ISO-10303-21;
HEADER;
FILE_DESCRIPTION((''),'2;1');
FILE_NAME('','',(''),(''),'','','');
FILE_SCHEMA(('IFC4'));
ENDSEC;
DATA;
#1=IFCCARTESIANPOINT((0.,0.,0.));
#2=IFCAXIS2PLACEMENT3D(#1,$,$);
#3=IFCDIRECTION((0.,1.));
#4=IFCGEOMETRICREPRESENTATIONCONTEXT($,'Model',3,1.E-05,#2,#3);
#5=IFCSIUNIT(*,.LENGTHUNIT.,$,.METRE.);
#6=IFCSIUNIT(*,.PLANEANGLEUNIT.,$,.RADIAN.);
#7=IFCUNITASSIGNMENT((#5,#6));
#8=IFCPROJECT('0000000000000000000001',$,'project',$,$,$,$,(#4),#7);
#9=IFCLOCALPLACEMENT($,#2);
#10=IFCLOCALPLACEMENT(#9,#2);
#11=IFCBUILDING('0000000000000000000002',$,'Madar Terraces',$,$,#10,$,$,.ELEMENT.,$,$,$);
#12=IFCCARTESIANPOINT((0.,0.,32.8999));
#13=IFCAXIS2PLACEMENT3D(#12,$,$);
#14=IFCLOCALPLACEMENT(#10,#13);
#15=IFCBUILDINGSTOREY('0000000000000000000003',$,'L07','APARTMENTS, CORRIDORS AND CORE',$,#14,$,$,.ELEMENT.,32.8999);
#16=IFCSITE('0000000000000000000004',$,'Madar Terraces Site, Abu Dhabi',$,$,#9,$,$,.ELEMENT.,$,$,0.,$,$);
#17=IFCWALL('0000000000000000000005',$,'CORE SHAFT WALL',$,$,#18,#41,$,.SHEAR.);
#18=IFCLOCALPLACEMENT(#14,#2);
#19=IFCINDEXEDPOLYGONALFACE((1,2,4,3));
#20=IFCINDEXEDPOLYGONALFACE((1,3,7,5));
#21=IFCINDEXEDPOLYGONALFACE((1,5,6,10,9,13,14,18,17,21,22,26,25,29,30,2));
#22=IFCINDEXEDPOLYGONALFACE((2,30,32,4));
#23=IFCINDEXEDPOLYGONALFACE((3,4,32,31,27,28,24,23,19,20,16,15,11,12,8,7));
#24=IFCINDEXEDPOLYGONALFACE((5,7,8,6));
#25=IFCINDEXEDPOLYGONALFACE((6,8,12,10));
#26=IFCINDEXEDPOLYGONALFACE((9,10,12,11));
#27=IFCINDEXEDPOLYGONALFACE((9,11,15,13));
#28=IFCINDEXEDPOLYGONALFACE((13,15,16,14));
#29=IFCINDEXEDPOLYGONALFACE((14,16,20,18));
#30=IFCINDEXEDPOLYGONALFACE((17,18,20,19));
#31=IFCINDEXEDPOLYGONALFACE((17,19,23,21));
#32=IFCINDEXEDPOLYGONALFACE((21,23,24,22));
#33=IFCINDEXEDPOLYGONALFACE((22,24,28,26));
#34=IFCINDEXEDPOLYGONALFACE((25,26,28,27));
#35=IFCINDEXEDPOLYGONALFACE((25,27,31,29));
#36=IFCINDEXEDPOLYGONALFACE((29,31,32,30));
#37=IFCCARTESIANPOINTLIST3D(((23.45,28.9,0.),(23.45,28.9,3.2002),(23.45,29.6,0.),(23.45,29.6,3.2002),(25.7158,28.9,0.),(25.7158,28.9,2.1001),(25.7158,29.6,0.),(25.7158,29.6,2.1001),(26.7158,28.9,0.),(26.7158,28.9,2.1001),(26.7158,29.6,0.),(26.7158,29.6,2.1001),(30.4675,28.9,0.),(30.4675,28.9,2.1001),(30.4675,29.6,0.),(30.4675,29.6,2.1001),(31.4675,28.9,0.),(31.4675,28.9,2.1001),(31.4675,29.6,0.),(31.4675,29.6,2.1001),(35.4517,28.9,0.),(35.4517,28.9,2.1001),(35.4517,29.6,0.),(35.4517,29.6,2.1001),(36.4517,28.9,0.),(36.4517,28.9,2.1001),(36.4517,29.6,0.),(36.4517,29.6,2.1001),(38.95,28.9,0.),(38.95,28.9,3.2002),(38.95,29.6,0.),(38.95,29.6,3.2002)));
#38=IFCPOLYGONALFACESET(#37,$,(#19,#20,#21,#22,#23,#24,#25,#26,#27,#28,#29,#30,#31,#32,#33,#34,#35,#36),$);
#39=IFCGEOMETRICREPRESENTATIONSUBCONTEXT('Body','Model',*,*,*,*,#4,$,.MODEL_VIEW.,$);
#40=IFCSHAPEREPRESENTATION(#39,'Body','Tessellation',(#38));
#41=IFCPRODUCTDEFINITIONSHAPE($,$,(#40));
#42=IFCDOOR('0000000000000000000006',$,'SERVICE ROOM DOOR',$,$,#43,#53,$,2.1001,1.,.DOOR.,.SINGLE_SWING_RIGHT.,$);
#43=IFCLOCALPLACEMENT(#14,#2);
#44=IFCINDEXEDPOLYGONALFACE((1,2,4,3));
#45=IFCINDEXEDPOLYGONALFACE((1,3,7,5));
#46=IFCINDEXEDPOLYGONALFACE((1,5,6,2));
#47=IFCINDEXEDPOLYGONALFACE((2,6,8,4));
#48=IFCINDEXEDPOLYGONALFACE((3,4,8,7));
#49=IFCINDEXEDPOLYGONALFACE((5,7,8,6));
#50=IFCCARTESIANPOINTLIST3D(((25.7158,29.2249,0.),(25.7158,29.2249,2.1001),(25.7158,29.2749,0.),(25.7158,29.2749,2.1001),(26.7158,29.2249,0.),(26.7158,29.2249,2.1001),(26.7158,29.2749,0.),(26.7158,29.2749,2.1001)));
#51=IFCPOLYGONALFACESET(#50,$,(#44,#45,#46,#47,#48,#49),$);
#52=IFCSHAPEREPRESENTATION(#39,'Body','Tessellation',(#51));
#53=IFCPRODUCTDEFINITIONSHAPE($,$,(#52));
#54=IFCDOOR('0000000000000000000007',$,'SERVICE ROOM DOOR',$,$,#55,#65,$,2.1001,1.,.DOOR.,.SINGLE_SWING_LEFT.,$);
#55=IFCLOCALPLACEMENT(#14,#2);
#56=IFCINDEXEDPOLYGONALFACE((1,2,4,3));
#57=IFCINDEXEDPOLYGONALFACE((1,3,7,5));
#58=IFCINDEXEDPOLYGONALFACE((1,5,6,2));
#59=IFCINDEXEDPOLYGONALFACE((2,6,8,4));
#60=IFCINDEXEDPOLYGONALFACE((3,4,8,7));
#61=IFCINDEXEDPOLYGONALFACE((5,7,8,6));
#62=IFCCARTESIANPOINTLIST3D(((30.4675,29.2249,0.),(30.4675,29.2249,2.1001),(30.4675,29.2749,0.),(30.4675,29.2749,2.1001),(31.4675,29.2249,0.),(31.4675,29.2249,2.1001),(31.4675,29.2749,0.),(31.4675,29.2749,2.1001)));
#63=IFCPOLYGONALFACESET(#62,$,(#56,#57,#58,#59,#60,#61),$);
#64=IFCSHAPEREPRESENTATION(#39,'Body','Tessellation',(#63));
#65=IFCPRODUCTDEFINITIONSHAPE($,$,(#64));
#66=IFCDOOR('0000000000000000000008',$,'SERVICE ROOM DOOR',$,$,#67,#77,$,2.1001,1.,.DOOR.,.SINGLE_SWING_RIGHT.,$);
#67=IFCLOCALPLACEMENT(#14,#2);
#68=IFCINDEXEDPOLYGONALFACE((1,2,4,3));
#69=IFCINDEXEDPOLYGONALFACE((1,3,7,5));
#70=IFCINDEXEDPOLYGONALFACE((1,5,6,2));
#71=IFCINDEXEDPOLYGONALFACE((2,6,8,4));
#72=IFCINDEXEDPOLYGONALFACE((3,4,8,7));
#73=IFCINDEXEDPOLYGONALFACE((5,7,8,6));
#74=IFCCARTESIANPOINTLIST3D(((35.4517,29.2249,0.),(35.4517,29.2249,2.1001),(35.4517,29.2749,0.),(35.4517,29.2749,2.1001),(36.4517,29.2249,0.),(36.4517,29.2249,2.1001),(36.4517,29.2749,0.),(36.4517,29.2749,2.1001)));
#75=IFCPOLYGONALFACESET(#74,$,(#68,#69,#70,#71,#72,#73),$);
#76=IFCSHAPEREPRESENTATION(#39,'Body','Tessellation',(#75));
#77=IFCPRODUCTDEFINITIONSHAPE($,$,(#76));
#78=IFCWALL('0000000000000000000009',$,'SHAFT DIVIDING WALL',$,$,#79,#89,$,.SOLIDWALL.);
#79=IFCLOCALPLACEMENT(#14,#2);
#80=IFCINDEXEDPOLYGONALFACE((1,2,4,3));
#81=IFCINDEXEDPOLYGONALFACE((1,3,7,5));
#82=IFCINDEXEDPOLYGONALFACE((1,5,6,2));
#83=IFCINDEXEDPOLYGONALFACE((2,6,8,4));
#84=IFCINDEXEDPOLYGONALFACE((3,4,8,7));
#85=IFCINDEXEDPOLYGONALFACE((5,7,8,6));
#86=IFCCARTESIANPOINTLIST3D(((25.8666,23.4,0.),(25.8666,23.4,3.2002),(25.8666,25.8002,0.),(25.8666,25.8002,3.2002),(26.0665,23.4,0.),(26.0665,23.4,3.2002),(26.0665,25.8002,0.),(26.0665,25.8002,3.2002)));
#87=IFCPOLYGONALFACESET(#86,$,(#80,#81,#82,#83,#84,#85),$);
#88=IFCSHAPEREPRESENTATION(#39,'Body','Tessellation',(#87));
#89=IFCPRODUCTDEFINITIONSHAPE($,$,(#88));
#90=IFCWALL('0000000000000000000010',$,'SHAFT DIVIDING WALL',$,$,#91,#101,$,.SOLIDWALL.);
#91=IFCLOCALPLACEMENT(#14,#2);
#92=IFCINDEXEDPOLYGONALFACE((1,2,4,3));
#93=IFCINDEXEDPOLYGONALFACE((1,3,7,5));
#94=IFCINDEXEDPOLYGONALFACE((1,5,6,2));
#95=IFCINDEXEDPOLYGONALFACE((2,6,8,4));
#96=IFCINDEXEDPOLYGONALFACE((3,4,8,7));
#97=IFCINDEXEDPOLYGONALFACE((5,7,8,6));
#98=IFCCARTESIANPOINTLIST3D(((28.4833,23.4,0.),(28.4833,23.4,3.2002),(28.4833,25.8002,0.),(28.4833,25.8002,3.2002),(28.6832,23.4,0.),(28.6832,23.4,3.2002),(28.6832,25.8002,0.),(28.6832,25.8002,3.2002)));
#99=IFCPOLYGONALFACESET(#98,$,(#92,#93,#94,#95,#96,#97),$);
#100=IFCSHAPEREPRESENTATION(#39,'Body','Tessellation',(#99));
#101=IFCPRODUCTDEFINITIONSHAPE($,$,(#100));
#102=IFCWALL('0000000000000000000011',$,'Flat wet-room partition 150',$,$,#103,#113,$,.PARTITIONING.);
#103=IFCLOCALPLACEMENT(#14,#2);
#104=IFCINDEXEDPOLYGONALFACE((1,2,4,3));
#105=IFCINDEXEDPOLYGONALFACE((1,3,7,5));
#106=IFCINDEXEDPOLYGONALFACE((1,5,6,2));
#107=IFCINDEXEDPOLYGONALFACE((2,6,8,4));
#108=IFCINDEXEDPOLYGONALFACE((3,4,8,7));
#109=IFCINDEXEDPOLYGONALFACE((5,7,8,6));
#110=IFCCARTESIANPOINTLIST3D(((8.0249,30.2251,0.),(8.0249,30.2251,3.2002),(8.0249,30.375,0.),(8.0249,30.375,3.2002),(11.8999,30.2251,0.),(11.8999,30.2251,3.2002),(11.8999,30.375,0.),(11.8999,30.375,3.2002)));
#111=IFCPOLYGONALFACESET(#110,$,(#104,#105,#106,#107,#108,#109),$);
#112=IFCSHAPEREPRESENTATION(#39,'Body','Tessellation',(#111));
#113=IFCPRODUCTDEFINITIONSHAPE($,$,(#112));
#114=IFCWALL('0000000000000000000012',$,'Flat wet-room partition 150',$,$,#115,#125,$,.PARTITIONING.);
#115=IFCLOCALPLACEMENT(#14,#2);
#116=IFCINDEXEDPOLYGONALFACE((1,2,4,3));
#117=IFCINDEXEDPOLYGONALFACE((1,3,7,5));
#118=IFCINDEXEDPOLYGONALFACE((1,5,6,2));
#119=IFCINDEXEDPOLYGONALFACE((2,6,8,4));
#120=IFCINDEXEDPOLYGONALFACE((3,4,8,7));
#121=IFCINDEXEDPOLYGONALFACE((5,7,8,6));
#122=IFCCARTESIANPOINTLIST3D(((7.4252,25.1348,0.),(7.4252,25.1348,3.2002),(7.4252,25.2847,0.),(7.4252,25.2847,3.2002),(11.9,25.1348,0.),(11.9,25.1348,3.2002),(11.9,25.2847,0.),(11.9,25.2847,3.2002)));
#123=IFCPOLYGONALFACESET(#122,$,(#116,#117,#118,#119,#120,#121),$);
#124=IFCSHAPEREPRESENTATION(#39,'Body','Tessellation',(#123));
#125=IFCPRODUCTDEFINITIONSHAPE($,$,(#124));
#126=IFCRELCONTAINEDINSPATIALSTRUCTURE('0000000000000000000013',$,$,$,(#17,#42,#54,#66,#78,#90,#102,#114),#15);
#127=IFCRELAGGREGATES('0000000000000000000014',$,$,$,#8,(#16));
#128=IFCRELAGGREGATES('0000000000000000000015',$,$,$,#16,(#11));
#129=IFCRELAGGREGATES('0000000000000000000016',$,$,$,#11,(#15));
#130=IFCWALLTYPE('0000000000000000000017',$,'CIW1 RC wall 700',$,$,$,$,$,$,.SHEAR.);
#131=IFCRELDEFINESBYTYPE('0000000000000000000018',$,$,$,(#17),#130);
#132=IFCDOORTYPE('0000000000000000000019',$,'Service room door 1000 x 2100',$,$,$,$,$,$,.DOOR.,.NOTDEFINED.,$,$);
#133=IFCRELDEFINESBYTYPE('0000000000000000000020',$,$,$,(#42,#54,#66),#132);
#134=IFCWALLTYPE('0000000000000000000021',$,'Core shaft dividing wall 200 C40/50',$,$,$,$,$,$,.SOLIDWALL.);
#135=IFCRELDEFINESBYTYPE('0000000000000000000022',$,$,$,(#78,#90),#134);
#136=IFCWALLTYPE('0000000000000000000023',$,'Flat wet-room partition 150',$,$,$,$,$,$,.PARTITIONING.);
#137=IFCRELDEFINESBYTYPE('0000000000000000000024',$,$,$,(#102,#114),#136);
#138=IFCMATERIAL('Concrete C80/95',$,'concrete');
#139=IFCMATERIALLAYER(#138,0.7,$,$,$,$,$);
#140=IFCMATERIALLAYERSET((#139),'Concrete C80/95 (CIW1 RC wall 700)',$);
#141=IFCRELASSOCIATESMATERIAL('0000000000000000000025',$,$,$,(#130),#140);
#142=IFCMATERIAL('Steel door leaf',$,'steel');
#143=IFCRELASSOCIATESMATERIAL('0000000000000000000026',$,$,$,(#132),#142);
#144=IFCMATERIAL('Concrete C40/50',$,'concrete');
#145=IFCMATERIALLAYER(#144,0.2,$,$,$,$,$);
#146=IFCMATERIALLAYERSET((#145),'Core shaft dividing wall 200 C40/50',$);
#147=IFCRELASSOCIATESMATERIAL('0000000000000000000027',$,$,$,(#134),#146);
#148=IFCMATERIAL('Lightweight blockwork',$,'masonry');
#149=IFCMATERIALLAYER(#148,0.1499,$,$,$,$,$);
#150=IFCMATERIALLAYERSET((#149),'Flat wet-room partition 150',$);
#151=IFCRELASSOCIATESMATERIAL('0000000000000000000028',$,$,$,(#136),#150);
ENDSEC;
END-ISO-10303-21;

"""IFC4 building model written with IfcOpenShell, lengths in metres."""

from ifc_helpers import new_model, si_unit, direction, frame, frame_2d, origin, place, context, subcontext, project, spatial, rectangle, extrude, material, layer, layer_set, type_object, element, fill, save


model = new_model("IFC4")

# Units and contexts
model_context = context("Model", 3, precision=1e-05, world=origin(), true_north=direction((0.0, 1.0)))
body_context = subcontext(model_context, "Body", "Model", "MODEL_VIEW")
ifc_project = project(units=[si_unit("LENGTHUNIT", "METRE"), si_unit("PLANEANGLEUNIT", "RADIAN")], contexts=[model_context])

# Site, building, storey
site_placement = place(None, origin())
site = spatial("IfcSite", under=ifc_project, at=site_placement, Name="Madar Terraces Site, Abu Dhabi", CompositionType="ELEMENT", RefElevation=0.0)
building_placement = place(site_placement, origin())
building = spatial("IfcBuilding", under=site, at=building_placement, Name="Madar Terraces", CompositionType="ELEMENT")
storey_placement = place(building_placement, frame((0.0, 0.0, 32.8999)))
storey = spatial("IfcBuildingStorey", under=building, at=storey_placement, Name="L07", Description="APARTMENTS, CORRIDORS AND CORE", CompositionType="ELEMENT", Elevation=32.8999)

# Shared definitions
ifc_material_1 = material(Name="Concrete C80/95", Category="concrete")
ifc_layer_1 = layer(ifc_material_1, 0.7)
ifc_layer_set_1 = layer_set([ifc_layer_1], Name="Concrete C80/95 (CIW1 RC wall 700)")
wall_type_1 = type_object("IfcWallType", Name="CIW1 RC wall 700", PredefinedType="SHEAR", material=ifc_layer_set_1)

# Shared definitions
ifc_material_2 = material(Name="Steel door leaf", Category="steel")
door_type_1 = type_object("IfcDoorType", Name="Service room door 1000 x 2100", OperationType="NOTDEFINED", PredefinedType="DOOR", material=ifc_material_2)

# Wall, openings, doors
wall_1_placement = place(storey_placement, frame((23.45, 29.25, 0.0), z_axis=(0.0, 0.0, 1.0), x_axis=(1.0, 0.0, 0.0)))
wall_1 = element("IfcWall", 1, at=wall_1_placement, inside=storey, type_object=wall_type_1, Name="CORE SHAFT WALL", PredefinedType="SHEAR", context=body_context, shape_type="SweptSolid", body=[
    extrude(rectangle(XDim=15.5, YDim=0.7, at=frame_2d((7.75, 0.0))), origin(), (0.0, 0.0, 1.0), 3.2002),
])
opening_1_placement = place(wall_1_placement, frame((2.2659, 0.0, 0.0)))
opening_1 = element("IfcOpeningElement", 2, at=opening_1_placement, cuts=wall_1, PredefinedType="OPENING", context=body_context, shape_type="SweptSolid", body=[
    extrude(rectangle(XDim=1.0, YDim=2.1001, at=frame_2d((0.5, 1.05))), frame((0.0, 0.3599, 0.0), z_axis=(0.0, -1.0, 0.0), x_axis=(1.0, 0.0, 0.0)), (0.0, 0.0, 1.0), 0.72),
])
opening_2_placement = place(wall_1_placement, frame((7.0176, 0.0, 0.0)))
opening_2 = element("IfcOpeningElement", 3, at=opening_2_placement, cuts=wall_1, PredefinedType="OPENING", context=body_context, shape_type="SweptSolid", body=[
    extrude(rectangle(XDim=1.0, YDim=2.1001, at=frame_2d((0.5, 1.05))), frame((0.0, 0.3599, 0.0), z_axis=(0.0, -1.0, 0.0), x_axis=(1.0, 0.0, 0.0)), (0.0, 0.0, 1.0), 0.72),
])
opening_3_placement = place(wall_1_placement, frame((12.0017, 0.0, 0.0)))
opening_3 = element("IfcOpeningElement", 4, at=opening_3_placement, cuts=wall_1, PredefinedType="OPENING", context=body_context, shape_type="SweptSolid", body=[
    extrude(rectangle(XDim=1.0, YDim=2.1001, at=frame_2d((0.5, 1.05))), frame((0.0, 0.3599, 0.0), z_axis=(0.0, -1.0, 0.0), x_axis=(1.0, 0.0, 0.0)), (0.0, 0.0, 1.0), 0.72),
])
door_1_placement = place(opening_1_placement, origin())
door_1 = element("IfcDoor", 5, at=door_1_placement, inside=storey, type_object=door_type_1, Name="SERVICE ROOM DOOR", OperationType="SINGLE_SWING_RIGHT", OverallHeight=2.1001, OverallWidth=1.0, PredefinedType="DOOR", context=body_context, shape_type="SweptSolid", body=[
    extrude(rectangle(XDim=1.0, YDim=2.1001, at=frame_2d((0.5, 1.05))), frame((0.0, 0.0249, 0.0), z_axis=(0.0, -1.0, 0.0), x_axis=(1.0, 0.0, 0.0)), (0.0, 0.0, 1.0), 0.05),
])
fill(opening_1, door_1)
door_2_placement = place(opening_2_placement, origin())
door_2 = element("IfcDoor", 6, at=door_2_placement, inside=storey, type_object=door_type_1, Name="SERVICE ROOM DOOR", OperationType="SINGLE_SWING_LEFT", OverallHeight=2.1001, OverallWidth=1.0, PredefinedType="DOOR", context=body_context, shape_type="SweptSolid", body=[
    extrude(rectangle(XDim=1.0, YDim=2.1001, at=frame_2d((0.5, 1.05))), frame((0.0, 0.0249, 0.0), z_axis=(0.0, -1.0, 0.0), x_axis=(1.0, 0.0, 0.0)), (0.0, 0.0, 1.0), 0.05),
])
fill(opening_2, door_2)
door_3_placement = place(opening_3_placement, origin())
door_3 = element("IfcDoor", 7, at=door_3_placement, inside=storey, type_object=door_type_1, Name="SERVICE ROOM DOOR", OperationType="SINGLE_SWING_RIGHT", OverallHeight=2.1001, OverallWidth=1.0, PredefinedType="DOOR", context=body_context, shape_type="SweptSolid", body=[
    extrude(rectangle(XDim=1.0, YDim=2.1001, at=frame_2d((0.5, 1.05))), frame((0.0, 0.0249, 0.0), z_axis=(0.0, -1.0, 0.0), x_axis=(1.0, 0.0, 0.0)), (0.0, 0.0, 1.0), 0.05),
])
fill(opening_3, door_3)

# Walls
ifc_material_3 = material(Name="Concrete C40/50", Category="concrete")
ifc_layer_2 = layer(ifc_material_3, 0.2)
ifc_layer_set_2 = layer_set([ifc_layer_2], Name="Core shaft dividing wall 200 C40/50")
wall_type_2 = type_object("IfcWallType", Name="Core shaft dividing wall 200 C40/50", PredefinedType="SOLIDWALL", material=ifc_layer_set_2)
for number, where, z_axis, x_axis, name in (
    (8, (25.9666, 23.3999, 0.0), (0.0, 0.0, 1.0), (0.0, 1.0, 0.0), "SHAFT DIVIDING WALL"),
    (9, (28.5833, 23.3999, 0.0), (0.0, 0.0, 1.0), (0.0, 1.0, 0.0), "SHAFT DIVIDING WALL"),
):
    element("IfcWall", number, at=place(storey_placement, frame(where, z_axis=z_axis, x_axis=x_axis)), inside=storey, type_object=wall_type_2, Name=name, PredefinedType="SOLIDWALL", context=body_context, shape_type="SweptSolid", body=[
        extrude(rectangle(XDim=2.4001, YDim=0.2, at=frame_2d((1.2002, 0.0))), origin(), (0.0, 0.0, 1.0), 3.2002),
    ])
ifc_material_4 = material(Name="Lightweight blockwork", Category="masonry")
ifc_layer_3 = layer(ifc_material_4, 0.1499)
ifc_layer_set_3 = layer_set([ifc_layer_3], Name="Flat wet-room partition 150")
wall_type_3 = type_object("IfcWallType", Name="Flat wet-room partition 150", PredefinedType="PARTITIONING", material=ifc_layer_set_3)
wall_2_placement = place(storey_placement, frame((11.8999, 30.3, 0.0), z_axis=(0.0, 0.0, 1.0), x_axis=(-1.0, 0.0, 0.0)))
element("IfcWall", 10, at=wall_2_placement, inside=storey, type_object=wall_type_3, Name="Flat wet-room partition 150", PredefinedType="PARTITIONING", context=body_context, shape_type="SweptSolid", body=[
    extrude(rectangle(XDim=3.875, YDim=0.1499, at=frame_2d((1.9375, 0.0))), origin(), (0.0, 0.0, 1.0), 3.2002),
])
wall_3_placement = place(storey_placement, frame((11.8999, 25.2097, 0.0), z_axis=(0.0, 0.0, 1.0), x_axis=(-1.0, 0.0, 0.0)))
element("IfcWall", 11, at=wall_3_placement, inside=storey, type_object=wall_type_3, Name="Flat wet-room partition 150", PredefinedType="PARTITIONING", context=body_context, shape_type="SweptSolid", body=[
    extrude(rectangle(XDim=4.4749, YDim=0.1499, at=frame_2d((2.2373, 0.0))), origin(), (0.0, 0.0, 1.0), 3.2002),
])

save(model, "model.ifc")
